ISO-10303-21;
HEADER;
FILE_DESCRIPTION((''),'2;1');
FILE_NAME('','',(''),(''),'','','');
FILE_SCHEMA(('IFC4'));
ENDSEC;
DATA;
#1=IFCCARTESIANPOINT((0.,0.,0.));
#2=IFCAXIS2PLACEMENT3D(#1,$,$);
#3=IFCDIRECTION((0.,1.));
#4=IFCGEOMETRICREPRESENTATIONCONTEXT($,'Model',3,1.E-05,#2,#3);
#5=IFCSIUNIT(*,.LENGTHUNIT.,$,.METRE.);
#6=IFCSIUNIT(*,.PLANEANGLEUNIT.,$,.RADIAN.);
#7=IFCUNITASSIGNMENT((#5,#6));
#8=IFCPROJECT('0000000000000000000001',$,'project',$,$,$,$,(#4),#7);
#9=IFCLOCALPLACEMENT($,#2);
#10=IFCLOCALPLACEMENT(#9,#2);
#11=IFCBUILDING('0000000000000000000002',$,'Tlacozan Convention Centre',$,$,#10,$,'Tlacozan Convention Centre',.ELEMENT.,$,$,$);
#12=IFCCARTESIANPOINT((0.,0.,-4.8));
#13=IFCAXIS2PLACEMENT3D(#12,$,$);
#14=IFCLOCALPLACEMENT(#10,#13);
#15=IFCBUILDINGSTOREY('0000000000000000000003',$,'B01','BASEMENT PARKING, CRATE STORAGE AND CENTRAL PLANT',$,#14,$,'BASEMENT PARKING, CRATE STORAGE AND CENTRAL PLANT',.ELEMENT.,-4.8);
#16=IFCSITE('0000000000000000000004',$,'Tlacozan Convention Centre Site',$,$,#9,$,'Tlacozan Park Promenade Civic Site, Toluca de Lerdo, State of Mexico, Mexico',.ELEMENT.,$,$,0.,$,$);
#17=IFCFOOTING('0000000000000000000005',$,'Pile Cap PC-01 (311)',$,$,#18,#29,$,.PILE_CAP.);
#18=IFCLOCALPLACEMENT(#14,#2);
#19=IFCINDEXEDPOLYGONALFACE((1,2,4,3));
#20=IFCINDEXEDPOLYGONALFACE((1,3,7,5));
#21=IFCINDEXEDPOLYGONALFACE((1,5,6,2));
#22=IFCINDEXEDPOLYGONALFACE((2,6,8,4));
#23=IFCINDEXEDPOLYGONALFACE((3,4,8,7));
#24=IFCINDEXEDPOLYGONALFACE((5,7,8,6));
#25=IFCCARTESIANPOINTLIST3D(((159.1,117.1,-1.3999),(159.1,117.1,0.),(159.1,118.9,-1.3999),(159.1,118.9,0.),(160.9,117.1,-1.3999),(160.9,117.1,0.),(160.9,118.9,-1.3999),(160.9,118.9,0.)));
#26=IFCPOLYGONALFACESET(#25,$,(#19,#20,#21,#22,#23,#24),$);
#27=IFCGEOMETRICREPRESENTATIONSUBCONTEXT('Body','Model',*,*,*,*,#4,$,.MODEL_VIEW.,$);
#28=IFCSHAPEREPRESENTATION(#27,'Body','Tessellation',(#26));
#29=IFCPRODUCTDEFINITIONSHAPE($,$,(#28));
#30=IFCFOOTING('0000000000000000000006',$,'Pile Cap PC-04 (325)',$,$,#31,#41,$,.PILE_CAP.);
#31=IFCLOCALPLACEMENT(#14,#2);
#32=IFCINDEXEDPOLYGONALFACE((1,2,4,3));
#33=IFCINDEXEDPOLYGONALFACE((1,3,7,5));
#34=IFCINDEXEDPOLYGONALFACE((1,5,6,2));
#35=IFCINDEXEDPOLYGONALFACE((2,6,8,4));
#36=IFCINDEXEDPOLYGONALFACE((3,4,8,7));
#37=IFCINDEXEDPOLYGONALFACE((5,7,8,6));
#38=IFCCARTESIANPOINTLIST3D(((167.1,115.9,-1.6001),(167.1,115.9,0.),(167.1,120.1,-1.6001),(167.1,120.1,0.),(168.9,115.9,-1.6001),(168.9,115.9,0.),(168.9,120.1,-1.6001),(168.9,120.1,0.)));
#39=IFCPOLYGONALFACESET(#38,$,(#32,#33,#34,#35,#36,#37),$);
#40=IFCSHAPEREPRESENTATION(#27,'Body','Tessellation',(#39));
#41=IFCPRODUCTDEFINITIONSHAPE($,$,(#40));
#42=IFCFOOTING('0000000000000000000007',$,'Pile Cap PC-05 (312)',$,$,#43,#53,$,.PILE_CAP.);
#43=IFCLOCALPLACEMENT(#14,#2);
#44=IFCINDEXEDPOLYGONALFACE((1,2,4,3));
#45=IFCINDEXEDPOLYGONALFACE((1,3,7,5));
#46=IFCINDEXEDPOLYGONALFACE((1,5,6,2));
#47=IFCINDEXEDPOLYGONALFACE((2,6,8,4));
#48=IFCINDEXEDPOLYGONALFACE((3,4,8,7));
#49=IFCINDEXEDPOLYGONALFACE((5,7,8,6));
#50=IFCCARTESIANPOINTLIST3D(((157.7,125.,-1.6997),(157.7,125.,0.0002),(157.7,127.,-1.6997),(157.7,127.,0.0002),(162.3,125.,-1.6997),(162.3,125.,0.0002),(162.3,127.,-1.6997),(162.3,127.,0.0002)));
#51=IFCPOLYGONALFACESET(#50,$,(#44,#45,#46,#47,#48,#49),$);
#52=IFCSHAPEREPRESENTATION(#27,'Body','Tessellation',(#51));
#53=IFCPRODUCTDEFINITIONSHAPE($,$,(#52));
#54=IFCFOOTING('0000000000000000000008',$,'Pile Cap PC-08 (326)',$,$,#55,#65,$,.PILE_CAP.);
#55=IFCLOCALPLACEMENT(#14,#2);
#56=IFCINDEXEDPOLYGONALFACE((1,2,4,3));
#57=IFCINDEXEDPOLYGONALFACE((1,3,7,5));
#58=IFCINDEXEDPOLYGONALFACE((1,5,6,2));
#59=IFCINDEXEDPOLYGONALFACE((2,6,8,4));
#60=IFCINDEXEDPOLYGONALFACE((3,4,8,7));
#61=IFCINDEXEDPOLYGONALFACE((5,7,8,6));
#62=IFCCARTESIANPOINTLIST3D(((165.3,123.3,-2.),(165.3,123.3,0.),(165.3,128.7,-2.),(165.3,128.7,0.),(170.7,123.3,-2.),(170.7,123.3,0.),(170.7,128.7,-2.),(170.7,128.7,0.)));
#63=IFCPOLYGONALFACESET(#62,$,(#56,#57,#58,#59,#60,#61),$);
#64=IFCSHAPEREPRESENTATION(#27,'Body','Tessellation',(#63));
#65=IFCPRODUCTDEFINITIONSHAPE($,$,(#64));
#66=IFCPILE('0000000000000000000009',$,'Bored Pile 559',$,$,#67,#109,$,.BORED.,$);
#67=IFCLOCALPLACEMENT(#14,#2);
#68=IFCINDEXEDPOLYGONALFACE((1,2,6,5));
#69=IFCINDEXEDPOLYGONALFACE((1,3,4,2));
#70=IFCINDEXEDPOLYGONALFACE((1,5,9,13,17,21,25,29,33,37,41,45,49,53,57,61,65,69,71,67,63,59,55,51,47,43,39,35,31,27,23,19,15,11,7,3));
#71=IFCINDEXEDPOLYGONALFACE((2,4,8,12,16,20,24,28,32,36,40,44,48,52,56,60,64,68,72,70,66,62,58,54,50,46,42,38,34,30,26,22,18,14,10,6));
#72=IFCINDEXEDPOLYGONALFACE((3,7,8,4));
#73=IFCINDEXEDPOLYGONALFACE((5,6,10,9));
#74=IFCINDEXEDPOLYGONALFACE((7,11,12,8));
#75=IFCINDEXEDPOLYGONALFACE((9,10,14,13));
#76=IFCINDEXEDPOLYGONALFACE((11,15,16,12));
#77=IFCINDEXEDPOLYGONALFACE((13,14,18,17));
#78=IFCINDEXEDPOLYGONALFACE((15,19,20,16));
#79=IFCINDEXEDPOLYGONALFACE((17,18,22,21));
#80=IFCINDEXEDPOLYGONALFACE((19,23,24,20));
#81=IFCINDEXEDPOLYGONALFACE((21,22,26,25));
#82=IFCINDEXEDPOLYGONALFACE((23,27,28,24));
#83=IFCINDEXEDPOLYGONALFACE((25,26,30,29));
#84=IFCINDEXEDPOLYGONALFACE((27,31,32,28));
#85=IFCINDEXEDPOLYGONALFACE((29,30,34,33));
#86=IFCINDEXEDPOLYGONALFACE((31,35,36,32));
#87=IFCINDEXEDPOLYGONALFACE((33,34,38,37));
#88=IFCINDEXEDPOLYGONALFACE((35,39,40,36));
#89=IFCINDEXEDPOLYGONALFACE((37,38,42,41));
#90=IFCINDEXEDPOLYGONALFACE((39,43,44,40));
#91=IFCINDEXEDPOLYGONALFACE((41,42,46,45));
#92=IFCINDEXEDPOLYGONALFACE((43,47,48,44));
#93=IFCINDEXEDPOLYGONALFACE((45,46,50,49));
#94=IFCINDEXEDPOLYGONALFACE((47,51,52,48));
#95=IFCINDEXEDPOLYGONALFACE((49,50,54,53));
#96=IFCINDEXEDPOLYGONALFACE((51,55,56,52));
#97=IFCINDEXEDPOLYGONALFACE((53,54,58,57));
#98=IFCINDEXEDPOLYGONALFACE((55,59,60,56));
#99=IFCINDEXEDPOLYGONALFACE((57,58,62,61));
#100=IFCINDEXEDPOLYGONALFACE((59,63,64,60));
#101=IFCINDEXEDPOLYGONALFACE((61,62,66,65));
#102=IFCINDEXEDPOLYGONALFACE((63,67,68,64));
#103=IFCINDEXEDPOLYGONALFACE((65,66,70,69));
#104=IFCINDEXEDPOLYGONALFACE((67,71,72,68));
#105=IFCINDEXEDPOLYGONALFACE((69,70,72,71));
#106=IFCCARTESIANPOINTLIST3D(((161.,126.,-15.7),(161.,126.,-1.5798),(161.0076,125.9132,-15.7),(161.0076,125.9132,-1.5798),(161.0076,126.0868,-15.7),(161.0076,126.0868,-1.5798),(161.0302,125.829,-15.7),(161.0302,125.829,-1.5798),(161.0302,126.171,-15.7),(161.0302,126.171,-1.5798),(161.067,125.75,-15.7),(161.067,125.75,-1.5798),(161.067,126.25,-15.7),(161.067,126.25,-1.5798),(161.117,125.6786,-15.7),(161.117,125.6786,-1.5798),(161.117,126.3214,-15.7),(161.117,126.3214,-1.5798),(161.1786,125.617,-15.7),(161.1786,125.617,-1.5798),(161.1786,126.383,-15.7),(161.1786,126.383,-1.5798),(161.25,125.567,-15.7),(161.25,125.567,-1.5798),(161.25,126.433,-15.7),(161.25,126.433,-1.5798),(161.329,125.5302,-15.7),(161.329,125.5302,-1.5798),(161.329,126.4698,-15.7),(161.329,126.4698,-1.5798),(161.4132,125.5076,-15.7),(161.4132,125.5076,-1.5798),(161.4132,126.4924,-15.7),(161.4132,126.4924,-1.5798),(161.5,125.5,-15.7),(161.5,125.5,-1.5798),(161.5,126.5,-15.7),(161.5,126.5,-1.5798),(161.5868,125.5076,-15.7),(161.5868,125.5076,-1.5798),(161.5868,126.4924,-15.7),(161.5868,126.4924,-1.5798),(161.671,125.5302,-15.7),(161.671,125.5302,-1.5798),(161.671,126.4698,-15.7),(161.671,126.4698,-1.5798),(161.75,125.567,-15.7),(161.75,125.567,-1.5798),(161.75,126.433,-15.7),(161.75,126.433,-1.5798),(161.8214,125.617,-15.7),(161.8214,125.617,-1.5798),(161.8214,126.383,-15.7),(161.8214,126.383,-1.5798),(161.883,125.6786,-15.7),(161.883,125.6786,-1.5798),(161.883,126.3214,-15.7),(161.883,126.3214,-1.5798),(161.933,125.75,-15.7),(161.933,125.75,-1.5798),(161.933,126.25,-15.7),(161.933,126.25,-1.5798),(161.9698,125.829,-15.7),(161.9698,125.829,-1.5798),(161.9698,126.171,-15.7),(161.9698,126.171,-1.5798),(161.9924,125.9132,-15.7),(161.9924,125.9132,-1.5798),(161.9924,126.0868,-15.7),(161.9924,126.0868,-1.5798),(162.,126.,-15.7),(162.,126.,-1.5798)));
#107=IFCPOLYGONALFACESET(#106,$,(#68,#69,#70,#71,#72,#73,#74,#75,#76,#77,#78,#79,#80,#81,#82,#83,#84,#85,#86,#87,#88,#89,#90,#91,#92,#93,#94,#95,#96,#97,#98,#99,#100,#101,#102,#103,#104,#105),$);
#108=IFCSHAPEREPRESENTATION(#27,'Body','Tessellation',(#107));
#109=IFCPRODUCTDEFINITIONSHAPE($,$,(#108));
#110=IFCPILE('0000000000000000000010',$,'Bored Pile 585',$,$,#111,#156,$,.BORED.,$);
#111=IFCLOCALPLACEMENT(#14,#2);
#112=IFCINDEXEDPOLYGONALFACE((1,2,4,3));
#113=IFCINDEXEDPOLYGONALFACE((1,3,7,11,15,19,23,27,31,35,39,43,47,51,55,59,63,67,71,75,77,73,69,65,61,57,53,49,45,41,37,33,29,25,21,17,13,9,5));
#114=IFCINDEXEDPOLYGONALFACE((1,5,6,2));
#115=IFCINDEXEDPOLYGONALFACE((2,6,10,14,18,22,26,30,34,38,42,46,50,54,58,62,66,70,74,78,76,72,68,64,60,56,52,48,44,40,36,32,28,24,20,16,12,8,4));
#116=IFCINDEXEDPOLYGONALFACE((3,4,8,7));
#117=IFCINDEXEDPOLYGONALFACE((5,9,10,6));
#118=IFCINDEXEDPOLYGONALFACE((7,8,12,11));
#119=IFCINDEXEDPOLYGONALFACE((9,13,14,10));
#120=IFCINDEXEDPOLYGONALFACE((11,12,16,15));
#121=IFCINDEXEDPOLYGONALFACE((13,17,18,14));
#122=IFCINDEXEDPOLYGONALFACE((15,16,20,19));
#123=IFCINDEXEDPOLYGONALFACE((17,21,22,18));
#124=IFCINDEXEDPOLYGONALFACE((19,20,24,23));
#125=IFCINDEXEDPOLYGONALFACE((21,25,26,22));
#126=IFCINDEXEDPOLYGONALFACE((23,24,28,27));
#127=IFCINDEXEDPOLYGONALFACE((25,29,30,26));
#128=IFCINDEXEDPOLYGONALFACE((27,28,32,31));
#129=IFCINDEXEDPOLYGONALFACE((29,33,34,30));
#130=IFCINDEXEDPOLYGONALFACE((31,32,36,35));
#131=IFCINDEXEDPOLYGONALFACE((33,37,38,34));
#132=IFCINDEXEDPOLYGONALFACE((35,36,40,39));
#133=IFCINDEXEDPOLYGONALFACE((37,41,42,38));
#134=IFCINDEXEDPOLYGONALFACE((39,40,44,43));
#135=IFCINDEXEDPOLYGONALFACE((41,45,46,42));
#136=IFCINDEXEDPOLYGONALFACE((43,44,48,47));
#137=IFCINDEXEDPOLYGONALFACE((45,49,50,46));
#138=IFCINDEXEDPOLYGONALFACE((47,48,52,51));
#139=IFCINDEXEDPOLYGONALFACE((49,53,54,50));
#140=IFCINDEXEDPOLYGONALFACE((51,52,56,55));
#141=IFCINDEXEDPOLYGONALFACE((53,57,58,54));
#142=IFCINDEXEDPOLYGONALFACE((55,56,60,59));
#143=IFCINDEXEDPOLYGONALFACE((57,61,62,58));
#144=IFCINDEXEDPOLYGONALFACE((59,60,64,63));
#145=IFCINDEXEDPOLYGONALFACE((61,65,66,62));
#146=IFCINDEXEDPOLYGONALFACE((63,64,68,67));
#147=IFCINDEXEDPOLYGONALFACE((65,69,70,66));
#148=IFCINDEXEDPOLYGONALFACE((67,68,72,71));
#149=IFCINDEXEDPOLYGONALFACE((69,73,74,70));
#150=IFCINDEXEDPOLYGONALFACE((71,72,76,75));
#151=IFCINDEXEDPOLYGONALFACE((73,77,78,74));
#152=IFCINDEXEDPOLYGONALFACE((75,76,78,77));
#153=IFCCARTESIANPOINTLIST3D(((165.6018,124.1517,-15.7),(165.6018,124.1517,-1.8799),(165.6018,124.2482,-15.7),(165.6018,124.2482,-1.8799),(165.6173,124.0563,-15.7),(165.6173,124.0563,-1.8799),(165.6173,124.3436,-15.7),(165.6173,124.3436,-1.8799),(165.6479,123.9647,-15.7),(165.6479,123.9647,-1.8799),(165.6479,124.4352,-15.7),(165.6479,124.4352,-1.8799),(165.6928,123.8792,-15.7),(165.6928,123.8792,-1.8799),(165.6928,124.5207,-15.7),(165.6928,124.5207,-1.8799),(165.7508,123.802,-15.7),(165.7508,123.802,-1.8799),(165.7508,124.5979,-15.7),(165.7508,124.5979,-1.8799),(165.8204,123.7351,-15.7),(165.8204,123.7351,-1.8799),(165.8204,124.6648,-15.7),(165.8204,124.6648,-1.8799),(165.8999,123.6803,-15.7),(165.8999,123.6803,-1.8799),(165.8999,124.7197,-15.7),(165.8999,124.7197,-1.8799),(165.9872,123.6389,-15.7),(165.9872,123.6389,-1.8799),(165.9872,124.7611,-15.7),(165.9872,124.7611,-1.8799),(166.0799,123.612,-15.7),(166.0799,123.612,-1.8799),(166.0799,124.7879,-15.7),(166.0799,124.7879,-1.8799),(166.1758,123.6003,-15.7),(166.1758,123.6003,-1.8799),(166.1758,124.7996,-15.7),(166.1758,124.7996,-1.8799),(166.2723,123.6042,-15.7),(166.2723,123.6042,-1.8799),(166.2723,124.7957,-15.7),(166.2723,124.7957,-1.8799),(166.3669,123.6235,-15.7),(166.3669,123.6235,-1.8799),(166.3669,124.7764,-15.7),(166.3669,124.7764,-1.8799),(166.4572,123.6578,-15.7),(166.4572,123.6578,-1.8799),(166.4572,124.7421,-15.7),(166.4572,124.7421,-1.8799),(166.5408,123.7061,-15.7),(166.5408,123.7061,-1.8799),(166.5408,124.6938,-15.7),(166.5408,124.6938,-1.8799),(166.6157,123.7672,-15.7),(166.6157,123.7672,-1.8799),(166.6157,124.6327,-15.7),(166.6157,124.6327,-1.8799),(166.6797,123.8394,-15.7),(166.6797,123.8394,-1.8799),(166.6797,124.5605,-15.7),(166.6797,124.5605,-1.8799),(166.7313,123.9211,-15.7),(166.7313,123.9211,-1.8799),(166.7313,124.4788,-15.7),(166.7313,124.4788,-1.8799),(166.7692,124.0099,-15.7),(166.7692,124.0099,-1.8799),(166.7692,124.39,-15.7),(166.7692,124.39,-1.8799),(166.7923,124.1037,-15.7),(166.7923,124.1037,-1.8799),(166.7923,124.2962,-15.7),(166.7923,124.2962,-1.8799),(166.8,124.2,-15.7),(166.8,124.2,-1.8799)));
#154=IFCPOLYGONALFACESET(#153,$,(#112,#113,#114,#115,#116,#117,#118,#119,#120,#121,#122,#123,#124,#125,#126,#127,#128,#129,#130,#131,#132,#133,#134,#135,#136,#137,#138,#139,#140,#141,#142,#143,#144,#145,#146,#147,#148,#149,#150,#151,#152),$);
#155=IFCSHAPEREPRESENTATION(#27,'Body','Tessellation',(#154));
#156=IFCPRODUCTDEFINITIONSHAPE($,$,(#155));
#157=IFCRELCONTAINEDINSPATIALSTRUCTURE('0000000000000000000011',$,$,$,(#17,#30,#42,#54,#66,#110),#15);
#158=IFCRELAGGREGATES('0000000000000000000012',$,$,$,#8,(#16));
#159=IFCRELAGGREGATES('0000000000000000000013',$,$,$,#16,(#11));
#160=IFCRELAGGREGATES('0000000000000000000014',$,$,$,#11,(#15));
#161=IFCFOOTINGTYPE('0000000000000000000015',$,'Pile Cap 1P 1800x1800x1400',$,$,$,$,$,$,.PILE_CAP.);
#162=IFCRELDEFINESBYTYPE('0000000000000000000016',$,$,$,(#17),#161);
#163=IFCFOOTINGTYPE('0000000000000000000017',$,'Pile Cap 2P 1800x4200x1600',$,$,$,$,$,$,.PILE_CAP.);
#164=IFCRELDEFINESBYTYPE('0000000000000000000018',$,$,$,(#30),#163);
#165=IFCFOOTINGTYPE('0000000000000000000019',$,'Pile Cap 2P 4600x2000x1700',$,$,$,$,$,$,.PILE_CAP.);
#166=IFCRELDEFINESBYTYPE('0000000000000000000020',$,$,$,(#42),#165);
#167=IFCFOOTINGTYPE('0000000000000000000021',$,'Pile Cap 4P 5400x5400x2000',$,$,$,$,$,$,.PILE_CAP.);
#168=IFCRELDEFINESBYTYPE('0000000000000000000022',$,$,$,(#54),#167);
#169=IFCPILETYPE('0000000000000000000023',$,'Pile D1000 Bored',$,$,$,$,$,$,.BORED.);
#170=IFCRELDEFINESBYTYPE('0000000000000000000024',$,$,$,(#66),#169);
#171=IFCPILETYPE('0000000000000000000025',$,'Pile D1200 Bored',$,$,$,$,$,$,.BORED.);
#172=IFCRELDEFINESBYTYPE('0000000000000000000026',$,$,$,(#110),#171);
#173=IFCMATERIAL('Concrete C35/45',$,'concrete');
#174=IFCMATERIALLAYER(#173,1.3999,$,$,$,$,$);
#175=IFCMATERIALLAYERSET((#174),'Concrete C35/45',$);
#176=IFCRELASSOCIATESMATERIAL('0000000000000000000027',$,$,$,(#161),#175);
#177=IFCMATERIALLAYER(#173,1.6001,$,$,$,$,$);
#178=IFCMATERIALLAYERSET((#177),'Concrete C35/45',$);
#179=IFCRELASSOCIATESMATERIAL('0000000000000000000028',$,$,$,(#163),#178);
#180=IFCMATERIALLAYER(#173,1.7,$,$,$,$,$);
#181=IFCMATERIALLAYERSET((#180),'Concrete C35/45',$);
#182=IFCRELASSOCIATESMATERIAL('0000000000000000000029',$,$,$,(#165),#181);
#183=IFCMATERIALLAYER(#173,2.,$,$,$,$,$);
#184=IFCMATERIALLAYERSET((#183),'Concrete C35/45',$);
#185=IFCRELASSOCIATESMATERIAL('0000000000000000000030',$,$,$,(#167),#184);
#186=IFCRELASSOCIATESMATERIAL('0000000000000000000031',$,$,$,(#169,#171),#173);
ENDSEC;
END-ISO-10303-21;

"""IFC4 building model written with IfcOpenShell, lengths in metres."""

from ifc_helpers import new_model, si_unit, direction, frame, origin, origin_2d, place, context, subcontext, project, spatial, rectangle, circle, extrude, material, layer, layer_set, material_profile, profile_set, type_object, element, save


model = new_model("IFC4")

# Units and contexts
model_context = context("Model", 3, precision=1e-05, world=origin(), true_north=direction((0.0, 1.0)))
body_context = subcontext(model_context, "Body", "Model", "MODEL_VIEW")
ifc_project = project(units=[si_unit("LENGTHUNIT", "METRE"), si_unit("PLANEANGLEUNIT", "RADIAN")], contexts=[model_context])

# Site, building, storey
site_placement = place(None, origin())
site = spatial("IfcSite", under=ifc_project, at=site_placement, Name="Tlacozan Convention Centre Site", LongName="Tlacozan Park Promenade Civic Site, Toluca de Lerdo, State of Mexico, Mexico", CompositionType="ELEMENT", RefElevation=0.0)
building_placement = place(site_placement, origin())
building = spatial("IfcBuilding", under=site, at=building_placement, Name="Tlacozan Convention Centre", LongName="Tlacozan Convention Centre", CompositionType="ELEMENT")
storey_placement = place(building_placement, frame((0.0, 0.0, -4.8)))
storey = spatial("IfcBuildingStorey", under=building, at=storey_placement, Name="B01", Description="BASEMENT PARKING, CRATE STORAGE AND CENTRAL PLANT", LongName="BASEMENT PARKING, CRATE STORAGE AND CENTRAL PLANT", CompositionType="ELEMENT", Elevation=-4.8)

# Footings
ifc_material_1 = material(Name="Concrete C35/45", Category="concrete")
ifc_layer_1 = layer(ifc_material_1, 1.3999)
ifc_layer_set_1 = layer_set([ifc_layer_1], Name="Concrete C35/45")
footing_type_1 = type_object("IfcFootingType", Name="Pile Cap 1P 1800x1800x1400", PredefinedType="PILE_CAP", material=ifc_layer_set_1)
footing_1_placement = place(storey_placement, frame((160.0, 118.0, -1.3999), z_axis=(0.0, 0.0, 1.0), x_axis=(1.0, 0.0, 0.0)))
element("IfcFooting", 1, at=footing_1_placement, inside=storey, type_object=footing_type_1, Name="Pile Cap PC-01 (311)", PredefinedType="PILE_CAP", context=body_context, shape_type="SweptSolid", body=[
    extrude(rectangle(XDim=1.8, YDim=1.8, at=origin_2d()), origin(), (0.0, 0.0, 1.0), 1.3999),
])
ifc_layer_2 = layer(ifc_material_1, 1.6001)
ifc_layer_set_2 = layer_set([ifc_layer_2], Name="Concrete C35/45")
footing_type_2 = type_object("IfcFootingType", Name="Pile Cap 2P 1800x4200x1600", PredefinedType="PILE_CAP", material=ifc_layer_set_2)
footing_2_placement = place(storey_placement, frame((168.0, 118.0, -1.6001), z_axis=(0.0, 0.0, 1.0), x_axis=(1.0, 0.0, 0.0)))
element("IfcFooting", 2, at=footing_2_placement, inside=storey, type_object=footing_type_2, Name="Pile Cap PC-04 (325)", PredefinedType="PILE_CAP", context=body_context, shape_type="SweptSolid", body=[
    extrude(rectangle(XDim=1.8, YDim=4.2, at=origin_2d()), origin(), (0.0, 0.0, 1.0), 1.6001),
])
ifc_layer_3 = layer(ifc_material_1, 1.7)
ifc_layer_set_3 = layer_set([ifc_layer_3], Name="Concrete C35/45")
footing_type_3 = type_object("IfcFootingType", Name="Pile Cap 2P 4600x2000x1700", PredefinedType="PILE_CAP", material=ifc_layer_set_3)
footing_3_placement = place(storey_placement, frame((160.0, 126.0, -1.6997), z_axis=(0.0, 0.0, 1.0), x_axis=(1.0, 0.0, 0.0)))
element("IfcFooting", 3, at=footing_3_placement, inside=storey, type_object=footing_type_3, Name="Pile Cap PC-05 (312)", PredefinedType="PILE_CAP", context=body_context, shape_type="SweptSolid", body=[
    extrude(rectangle(XDim=4.6001, YDim=2.0, at=origin_2d()), origin(), (0.0, 0.0, 1.0), 1.7),
])
ifc_layer_4 = layer(ifc_material_1, 2.0)
ifc_layer_set_4 = layer_set([ifc_layer_4], Name="Concrete C35/45")
footing_type_4 = type_object("IfcFootingType", Name="Pile Cap 4P 5400x5400x2000", PredefinedType="PILE_CAP", material=ifc_layer_set_4)
footing_4_placement = place(storey_placement, frame((168.0, 126.0, -2.0), z_axis=(0.0, 0.0, 1.0), x_axis=(1.0, 0.0, 0.0)))
element("IfcFooting", 4, at=footing_4_placement, inside=storey, type_object=footing_type_4, Name="Pile Cap PC-08 (326)", PredefinedType="PILE_CAP", context=body_context, shape_type="SweptSolid", body=[
    extrude(rectangle(XDim=5.3999, YDim=5.3999, at=origin_2d()), origin(), (0.0, 0.0, 1.0), 2.0),
])

# Piles
ifc_material_profile_1 = material_profile(ifc_material_1, circle(Radius=0.5, at=origin_2d()), Name="PILE D1000")
ifc_profile_set_1 = profile_set([ifc_material_profile_1], Name="Concrete C35/45")
pile_type_1 = type_object("IfcPileType", Name="Pile D1000 Bored", PredefinedType="BORED", material=ifc_profile_set_1)
pile_1_placement = place(storey_placement, frame((161.5, 126.0, -1.5798), z_axis=(0.0, 0.0, -1.0), x_axis=(1.0, 0.0, 0.0)))
element("IfcPile", 5, at=pile_1_placement, inside=storey, type_object=pile_type_1, Name="Bored Pile 559", PredefinedType="BORED", context=body_context, shape_type="SweptSolid", body=[
    extrude(circle(Radius=0.5, at=origin_2d()), origin(), (0.0, 0.0, 1.0), 14.1201),
])
ifc_material_profile_2 = material_profile(ifc_material_1, circle(Radius=0.6001, at=origin_2d()), Name="PILE D1200")
ifc_profile_set_2 = profile_set([ifc_material_profile_2], Name="Concrete C35/45")
pile_type_2 = type_object("IfcPileType", Name="Pile D1200 Bored", PredefinedType="BORED", material=ifc_profile_set_2)
for number, where, z_axis, x_axis, name in (
    (6, (166.2, 124.2, -1.8799), (0.0, 0.0, -1.0), (1.0, 0.0, 0.0), "Bored Pile 585"),
):
    element("IfcPile", number, at=place(storey_placement, frame(where, z_axis=z_axis, x_axis=x_axis)), inside=storey, type_object=pile_type_2, Name=name, PredefinedType="BORED", context=body_context, shape_type="SweptSolid", body=[
        extrude(circle(Radius=0.6001, at=origin_2d()), origin(), (0.0, 0.0, 1.0), 13.8201),
    ])

save(model, "model.ifc")
